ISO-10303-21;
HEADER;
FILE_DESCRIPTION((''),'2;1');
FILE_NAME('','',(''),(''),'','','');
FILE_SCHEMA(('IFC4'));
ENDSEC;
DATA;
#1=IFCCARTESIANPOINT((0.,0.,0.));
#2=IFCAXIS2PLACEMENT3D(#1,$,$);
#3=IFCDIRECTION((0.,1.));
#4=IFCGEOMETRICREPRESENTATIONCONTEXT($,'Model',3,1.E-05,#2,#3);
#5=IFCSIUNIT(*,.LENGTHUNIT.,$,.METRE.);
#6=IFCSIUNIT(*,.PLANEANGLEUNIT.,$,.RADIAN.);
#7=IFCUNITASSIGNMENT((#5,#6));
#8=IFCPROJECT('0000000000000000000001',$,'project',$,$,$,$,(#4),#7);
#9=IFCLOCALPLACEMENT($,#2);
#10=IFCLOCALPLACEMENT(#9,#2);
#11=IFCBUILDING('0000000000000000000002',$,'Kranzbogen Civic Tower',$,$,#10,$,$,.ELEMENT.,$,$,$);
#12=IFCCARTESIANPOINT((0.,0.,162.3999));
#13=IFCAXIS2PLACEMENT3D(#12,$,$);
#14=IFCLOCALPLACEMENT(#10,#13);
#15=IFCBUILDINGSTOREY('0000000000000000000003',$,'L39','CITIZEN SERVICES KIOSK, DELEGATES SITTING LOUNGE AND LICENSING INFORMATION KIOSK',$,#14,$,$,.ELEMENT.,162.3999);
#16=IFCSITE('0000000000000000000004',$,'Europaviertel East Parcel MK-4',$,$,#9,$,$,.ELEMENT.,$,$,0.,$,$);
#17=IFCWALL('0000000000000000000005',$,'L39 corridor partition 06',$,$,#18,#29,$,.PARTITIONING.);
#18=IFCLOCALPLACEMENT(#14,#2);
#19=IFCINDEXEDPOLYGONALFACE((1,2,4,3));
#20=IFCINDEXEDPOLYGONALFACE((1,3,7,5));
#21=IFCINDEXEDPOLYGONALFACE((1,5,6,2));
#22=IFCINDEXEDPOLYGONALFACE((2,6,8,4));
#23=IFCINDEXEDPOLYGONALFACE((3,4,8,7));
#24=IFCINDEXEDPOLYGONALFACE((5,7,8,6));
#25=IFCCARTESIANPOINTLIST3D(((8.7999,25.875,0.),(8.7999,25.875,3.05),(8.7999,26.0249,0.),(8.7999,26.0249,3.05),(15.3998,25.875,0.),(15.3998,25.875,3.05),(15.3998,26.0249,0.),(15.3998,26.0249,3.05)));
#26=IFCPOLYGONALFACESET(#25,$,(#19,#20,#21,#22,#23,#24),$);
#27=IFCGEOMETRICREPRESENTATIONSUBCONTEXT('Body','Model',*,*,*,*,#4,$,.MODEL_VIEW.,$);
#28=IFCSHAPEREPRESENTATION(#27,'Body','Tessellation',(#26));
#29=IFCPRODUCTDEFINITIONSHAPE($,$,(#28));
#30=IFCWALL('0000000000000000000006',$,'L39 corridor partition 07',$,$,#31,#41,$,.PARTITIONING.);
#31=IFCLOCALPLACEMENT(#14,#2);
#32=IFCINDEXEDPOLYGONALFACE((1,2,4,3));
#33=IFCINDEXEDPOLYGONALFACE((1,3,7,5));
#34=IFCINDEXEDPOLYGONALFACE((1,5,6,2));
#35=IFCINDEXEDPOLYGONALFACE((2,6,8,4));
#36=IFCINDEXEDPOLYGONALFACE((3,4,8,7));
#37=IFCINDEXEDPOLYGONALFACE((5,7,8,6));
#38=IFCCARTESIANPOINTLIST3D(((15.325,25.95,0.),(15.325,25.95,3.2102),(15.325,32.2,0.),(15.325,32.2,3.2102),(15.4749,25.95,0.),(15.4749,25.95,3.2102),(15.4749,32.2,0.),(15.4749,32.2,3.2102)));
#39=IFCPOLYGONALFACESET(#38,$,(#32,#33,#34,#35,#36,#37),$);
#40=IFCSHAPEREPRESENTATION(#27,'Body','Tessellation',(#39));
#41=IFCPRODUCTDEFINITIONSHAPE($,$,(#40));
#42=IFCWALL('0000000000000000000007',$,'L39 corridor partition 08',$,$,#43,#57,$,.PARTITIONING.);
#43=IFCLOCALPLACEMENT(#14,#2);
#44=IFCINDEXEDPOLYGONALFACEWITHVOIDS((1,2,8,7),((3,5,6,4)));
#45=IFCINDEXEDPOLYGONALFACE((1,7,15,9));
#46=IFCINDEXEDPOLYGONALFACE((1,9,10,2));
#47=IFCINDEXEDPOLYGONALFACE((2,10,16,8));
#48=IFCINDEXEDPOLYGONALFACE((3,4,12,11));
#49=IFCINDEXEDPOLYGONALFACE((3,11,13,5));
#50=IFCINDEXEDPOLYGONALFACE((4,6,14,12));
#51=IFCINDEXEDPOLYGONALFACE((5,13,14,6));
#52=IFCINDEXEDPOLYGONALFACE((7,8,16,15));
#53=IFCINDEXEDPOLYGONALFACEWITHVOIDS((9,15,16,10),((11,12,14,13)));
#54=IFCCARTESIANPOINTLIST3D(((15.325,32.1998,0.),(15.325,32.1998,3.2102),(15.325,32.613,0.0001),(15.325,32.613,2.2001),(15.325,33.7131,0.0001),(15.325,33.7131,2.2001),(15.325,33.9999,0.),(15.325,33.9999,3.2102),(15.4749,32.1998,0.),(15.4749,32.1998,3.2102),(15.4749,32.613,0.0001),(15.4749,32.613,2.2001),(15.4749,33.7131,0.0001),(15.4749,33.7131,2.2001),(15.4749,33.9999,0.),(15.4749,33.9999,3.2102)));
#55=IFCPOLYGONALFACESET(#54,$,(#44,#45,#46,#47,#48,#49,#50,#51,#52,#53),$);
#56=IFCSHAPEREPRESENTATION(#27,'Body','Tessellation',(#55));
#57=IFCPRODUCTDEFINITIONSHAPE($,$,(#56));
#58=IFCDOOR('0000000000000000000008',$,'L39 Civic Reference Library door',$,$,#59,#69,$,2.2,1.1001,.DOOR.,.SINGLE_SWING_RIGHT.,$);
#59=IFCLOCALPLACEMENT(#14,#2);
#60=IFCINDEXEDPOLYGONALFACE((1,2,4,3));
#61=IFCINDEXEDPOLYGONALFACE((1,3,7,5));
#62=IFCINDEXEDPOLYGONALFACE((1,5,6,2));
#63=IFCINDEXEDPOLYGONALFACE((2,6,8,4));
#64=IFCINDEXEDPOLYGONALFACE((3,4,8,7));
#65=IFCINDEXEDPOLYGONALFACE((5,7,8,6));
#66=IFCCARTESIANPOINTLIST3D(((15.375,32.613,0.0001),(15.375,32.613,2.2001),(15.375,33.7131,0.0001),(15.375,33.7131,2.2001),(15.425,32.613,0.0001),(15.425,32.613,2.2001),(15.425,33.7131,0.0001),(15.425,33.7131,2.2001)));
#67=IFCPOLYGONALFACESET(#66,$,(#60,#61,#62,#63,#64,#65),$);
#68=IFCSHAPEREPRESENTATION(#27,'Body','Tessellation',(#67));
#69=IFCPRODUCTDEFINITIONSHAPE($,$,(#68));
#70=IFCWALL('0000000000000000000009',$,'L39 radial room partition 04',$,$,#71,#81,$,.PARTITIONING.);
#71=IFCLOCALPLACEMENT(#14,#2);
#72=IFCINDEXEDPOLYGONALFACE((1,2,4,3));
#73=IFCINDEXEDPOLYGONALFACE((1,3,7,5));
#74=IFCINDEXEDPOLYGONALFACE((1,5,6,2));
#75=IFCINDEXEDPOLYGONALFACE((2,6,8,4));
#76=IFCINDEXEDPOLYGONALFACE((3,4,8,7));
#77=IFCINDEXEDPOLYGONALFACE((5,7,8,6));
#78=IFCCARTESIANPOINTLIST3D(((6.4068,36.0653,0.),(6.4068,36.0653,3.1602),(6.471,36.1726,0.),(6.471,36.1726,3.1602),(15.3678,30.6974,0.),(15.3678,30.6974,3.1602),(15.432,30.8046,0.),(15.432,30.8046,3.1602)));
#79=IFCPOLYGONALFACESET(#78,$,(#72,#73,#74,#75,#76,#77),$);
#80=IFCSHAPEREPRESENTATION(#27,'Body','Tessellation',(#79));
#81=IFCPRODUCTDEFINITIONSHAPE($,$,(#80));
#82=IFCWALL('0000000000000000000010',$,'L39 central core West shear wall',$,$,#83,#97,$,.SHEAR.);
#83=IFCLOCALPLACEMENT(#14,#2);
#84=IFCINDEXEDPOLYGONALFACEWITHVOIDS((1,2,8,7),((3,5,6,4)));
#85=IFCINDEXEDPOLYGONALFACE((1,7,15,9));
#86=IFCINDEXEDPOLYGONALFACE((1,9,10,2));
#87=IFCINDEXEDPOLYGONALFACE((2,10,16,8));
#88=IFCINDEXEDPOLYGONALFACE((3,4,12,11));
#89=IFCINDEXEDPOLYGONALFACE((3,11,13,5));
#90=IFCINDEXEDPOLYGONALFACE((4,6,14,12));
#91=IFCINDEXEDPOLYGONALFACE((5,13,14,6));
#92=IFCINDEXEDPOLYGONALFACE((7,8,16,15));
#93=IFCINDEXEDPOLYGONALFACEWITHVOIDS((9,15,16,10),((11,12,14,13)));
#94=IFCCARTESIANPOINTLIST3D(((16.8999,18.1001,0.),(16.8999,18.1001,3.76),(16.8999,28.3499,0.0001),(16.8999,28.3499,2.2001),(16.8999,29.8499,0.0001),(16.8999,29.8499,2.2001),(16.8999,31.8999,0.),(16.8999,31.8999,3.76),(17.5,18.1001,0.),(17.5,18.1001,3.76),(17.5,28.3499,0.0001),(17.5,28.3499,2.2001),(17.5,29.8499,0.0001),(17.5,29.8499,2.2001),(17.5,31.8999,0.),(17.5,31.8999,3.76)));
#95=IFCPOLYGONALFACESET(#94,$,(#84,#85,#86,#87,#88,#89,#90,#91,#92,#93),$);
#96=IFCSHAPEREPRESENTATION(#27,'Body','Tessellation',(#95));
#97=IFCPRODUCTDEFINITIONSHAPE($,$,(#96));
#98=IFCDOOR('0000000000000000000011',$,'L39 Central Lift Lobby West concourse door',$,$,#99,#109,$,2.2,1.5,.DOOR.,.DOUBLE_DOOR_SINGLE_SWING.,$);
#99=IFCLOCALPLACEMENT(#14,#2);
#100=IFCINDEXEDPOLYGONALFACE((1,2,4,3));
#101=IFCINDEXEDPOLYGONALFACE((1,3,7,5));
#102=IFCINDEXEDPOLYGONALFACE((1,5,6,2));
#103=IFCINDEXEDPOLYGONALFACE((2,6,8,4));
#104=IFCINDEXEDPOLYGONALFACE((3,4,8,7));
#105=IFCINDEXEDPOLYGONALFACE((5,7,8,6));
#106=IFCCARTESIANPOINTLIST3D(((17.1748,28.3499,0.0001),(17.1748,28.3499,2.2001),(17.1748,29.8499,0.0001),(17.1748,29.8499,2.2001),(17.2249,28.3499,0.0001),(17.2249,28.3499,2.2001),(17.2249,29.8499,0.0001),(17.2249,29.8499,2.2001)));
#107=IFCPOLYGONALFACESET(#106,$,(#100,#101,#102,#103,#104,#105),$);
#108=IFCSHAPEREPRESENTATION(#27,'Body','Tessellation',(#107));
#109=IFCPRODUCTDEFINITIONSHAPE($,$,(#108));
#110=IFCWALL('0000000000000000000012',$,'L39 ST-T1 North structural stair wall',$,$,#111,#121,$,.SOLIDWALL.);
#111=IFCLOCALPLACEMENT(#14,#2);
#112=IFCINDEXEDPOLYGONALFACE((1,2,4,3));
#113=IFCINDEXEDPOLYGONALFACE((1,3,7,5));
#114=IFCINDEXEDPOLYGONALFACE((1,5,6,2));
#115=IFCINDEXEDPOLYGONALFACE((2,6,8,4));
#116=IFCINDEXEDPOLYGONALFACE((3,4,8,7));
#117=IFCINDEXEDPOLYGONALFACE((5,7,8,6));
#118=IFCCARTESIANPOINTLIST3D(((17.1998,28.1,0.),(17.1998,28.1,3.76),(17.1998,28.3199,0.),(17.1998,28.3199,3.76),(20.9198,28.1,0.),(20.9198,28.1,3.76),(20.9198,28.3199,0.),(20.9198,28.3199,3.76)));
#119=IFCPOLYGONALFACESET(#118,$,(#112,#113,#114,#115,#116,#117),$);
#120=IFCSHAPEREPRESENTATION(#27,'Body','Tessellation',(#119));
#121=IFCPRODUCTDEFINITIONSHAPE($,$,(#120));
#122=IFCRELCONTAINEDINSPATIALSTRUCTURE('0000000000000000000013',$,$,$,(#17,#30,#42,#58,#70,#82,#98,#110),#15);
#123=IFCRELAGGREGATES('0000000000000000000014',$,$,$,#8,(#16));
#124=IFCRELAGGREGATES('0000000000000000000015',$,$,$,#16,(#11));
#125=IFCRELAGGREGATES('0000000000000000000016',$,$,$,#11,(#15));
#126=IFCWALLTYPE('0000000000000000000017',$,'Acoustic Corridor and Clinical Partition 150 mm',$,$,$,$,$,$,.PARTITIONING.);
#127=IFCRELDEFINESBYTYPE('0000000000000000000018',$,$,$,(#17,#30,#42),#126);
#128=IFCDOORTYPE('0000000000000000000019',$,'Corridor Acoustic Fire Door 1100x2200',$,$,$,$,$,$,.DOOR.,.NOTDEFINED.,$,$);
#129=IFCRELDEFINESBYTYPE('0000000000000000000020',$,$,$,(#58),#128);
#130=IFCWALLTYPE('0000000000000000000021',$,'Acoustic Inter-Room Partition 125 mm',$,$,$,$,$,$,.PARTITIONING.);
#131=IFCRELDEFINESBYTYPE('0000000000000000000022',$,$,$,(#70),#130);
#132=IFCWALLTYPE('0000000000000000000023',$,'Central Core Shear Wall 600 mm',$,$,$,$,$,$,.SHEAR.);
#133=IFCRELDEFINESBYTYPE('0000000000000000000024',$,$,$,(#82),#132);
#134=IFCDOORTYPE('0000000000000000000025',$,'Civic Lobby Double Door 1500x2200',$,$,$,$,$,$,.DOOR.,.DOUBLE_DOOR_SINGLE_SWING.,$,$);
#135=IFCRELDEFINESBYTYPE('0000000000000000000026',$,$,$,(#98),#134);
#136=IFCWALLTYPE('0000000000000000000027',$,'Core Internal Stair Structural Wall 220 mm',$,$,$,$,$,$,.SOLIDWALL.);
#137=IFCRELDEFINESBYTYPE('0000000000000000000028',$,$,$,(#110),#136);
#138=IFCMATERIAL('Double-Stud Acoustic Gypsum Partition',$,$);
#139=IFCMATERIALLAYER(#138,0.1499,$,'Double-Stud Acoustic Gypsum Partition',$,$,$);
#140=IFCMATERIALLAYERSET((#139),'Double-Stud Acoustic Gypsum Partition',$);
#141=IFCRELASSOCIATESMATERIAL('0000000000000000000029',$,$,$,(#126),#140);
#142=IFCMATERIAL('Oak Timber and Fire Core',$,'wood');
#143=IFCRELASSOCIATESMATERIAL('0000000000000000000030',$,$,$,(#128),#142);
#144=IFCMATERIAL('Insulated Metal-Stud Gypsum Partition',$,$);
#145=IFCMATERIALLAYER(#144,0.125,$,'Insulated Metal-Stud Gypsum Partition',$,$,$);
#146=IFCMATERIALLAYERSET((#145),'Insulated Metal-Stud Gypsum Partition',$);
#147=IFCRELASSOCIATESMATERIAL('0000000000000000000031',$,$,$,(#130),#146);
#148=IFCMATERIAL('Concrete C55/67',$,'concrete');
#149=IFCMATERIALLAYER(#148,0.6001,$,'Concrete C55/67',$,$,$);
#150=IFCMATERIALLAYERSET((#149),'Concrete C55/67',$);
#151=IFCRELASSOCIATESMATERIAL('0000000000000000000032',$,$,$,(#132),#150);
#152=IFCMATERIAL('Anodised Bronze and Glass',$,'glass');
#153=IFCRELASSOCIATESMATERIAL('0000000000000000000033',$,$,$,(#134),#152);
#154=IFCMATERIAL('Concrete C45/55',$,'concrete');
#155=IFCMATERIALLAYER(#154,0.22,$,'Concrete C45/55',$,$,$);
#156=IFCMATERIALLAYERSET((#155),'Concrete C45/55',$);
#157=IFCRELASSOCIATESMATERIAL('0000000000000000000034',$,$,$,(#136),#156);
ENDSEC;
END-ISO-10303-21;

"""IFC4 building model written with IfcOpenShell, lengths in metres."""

from ifc_helpers import new_model, si_unit, direction, frame, frame_2d, origin, place, context, subcontext, project, spatial, rectangle, extrude, material, layer, layer_set, type_object, element, fill, save


model = new_model("IFC4")

# Units and contexts
model_context = context("Model", 3, precision=1e-05, world=origin(), true_north=direction((0.0, 1.0)))
body_context = subcontext(model_context, "Body", "Model", "MODEL_VIEW")
ifc_project = project(units=[si_unit("LENGTHUNIT", "METRE"), si_unit("PLANEANGLEUNIT", "RADIAN")], contexts=[model_context])

# Site, building, storey
site_placement = place(None, origin())
site = spatial("IfcSite", under=ifc_project, at=site_placement, Name="Europaviertel East Parcel MK-4", CompositionType="ELEMENT", RefElevation=0.0)
building_placement = place(site_placement, origin())
building = spatial("IfcBuilding", under=site, at=building_placement, Name="Kranzbogen Civic Tower", CompositionType="ELEMENT")
storey_placement = place(building_placement, frame((0.0, 0.0, 162.3999)))
storey = spatial("IfcBuildingStorey", under=building, at=storey_placement, Name="L39", Description="CITIZEN SERVICES KIOSK, DELEGATES SITTING LOUNGE AND LICENSING INFORMATION KIOSK", CompositionType="ELEMENT", Elevation=162.3999)

# Walls
ifc_material_1 = material(Name="Double-Stud Acoustic Gypsum Partition")
ifc_layer_1 = layer(ifc_material_1, 0.1499, Name="Double-Stud Acoustic Gypsum Partition")
ifc_layer_set_1 = layer_set([ifc_layer_1], Name="Double-Stud Acoustic Gypsum Partition")
wall_type_1 = type_object("IfcWallType", Name="Acoustic Corridor and Clinical Partition 150 mm", PredefinedType="PARTITIONING", material=ifc_layer_set_1)
wall_1_placement = place(storey_placement, frame((8.8, 25.95, 0.0), z_axis=(0.0, 0.0, 1.0), x_axis=(1.0, 0.0, 0.0)))
element("IfcWall", 1, at=wall_1_placement, inside=storey, type_object=wall_type_1, Name="L39 corridor partition 06", PredefinedType="PARTITIONING", context=body_context, shape_type="SweptSolid", body=[
    extrude(rectangle(XDim=6.5999, YDim=0.1499, at=frame_2d((3.2998, 0.0))), origin(), (0.0, 0.0, 1.0), 3.05),
])
wall_2_placement = place(storey_placement, frame((15.3999, 25.95, 0.0), z_axis=(0.0, 0.0, 1.0), x_axis=(0.0, 1.0, 0.0)))
element("IfcWall", 2, at=wall_2_placement, inside=storey, type_object=wall_type_1, Name="L39 corridor partition 07", PredefinedType="PARTITIONING", context=body_context, shape_type="SweptSolid", body=[
    extrude(rectangle(XDim=6.25, YDim=0.1499, at=frame_2d((3.125, 0.0))), origin(), (0.0, 0.0, 1.0), 3.2102),
])

# Wall, opening, door
wall_3_placement = place(storey_placement, frame((15.3999, 32.2, 0.0), z_axis=(0.0, 0.0, 1.0), x_axis=(0.0, 1.0, 0.0)))
wall_3 = element("IfcWall", 3, at=wall_3_placement, inside=storey, type_object=wall_type_1, Name="L39 corridor partition 08", PredefinedType="PARTITIONING", context=body_context, shape_type="SweptSolid", body=[
    extrude(rectangle(XDim=1.8, YDim=0.1499, at=frame_2d((0.8999, 0.0))), origin(), (0.0, 0.0, 1.0), 3.2102),
])
opening_1_placement = place(wall_3_placement, frame((0.4131, 0.0, 0.0)))
opening_1 = element("IfcOpeningElement", 4, at=opening_1_placement, cuts=wall_3, PredefinedType="OPENING", context=body_context, shape_type="SweptSolid", body=[
    extrude(rectangle(XDim=1.1001, YDim=2.2, at=frame_2d((0.55, 1.1001))), frame((0.0, 0.085, 0.0), z_axis=(0.0, -1.0, 0.0), x_axis=(1.0, 0.0, 0.0)), (0.0, 0.0, 1.0), 0.1699),
])
ifc_material_2 = material(Name="Oak Timber and Fire Core", Category="wood")
door_type_1 = type_object("IfcDoorType", Name="Corridor Acoustic Fire Door 1100x2200", OperationType="NOTDEFINED", PredefinedType="DOOR", material=ifc_material_2)
door_1_placement = place(opening_1_placement, origin())
door_1 = element("IfcDoor", 5, at=door_1_placement, inside=storey, type_object=door_type_1, Name="L39 Civic Reference Library door", OperationType="SINGLE_SWING_RIGHT", OverallHeight=2.2, OverallWidth=1.1001, PredefinedType="DOOR", context=body_context, shape_type="SweptSolid", body=[
    extrude(rectangle(XDim=1.1001, YDim=2.2, at=frame_2d((0.55, 1.1001))), frame((0.0, 0.0249, 0.0), z_axis=(0.0, -1.0, 0.0), x_axis=(1.0, 0.0, 0.0)), (0.0, 0.0, 1.0), 0.05),
])
fill(opening_1, door_1)

# Wall
ifc_material_3 = material(Name="Insulated Metal-Stud Gypsum Partition")
ifc_layer_2 = layer(ifc_material_3, 0.125, Name="Insulated Metal-Stud Gypsum Partition")
ifc_layer_set_2 = layer_set([ifc_layer_2], Name="Insulated Metal-Stud Gypsum Partition")
wall_type_2 = type_object("IfcWallType", Name="Acoustic Inter-Room Partition 125 mm", PredefinedType="PARTITIONING", material=ifc_layer_set_2)
wall_4_placement = place(storey_placement, frame((15.3999, 30.751, 0.0), z_axis=(0.0, 0.0, 1.0), x_axis=(-0.857858, 0.513887, 0.0)))
element("IfcWall", 6, at=wall_4_placement, inside=storey, type_object=wall_type_2, Name="L39 radial room partition 04", PredefinedType="PARTITIONING", context=body_context, shape_type="SweptSolid", body=[
    extrude(rectangle(XDim=10.4458, YDim=0.125, at=frame_2d((5.2229, 0.0))), origin(), (0.0, 0.0, 1.0), 3.1602),
])

# Wall, opening, door
ifc_material_4 = material(Name="Concrete C55/67", Category="concrete")
ifc_layer_3 = layer(ifc_material_4, 0.6001, Name="Concrete C55/67")
ifc_layer_set_3 = layer_set([ifc_layer_3], Name="Concrete C55/67")
wall_type_3 = type_object("IfcWallType", Name="Central Core Shear Wall 600 mm", PredefinedType="SHEAR", material=ifc_layer_set_3)
wall_5_placement = place(storey_placement, frame((17.2, 31.8999, 0.0), z_axis=(0.0, 0.0, 1.0), x_axis=(0.0, -1.0, 0.0)))
wall_5 = element("IfcWall", 7, at=wall_5_placement, inside=storey, type_object=wall_type_3, Name="L39 central core West shear wall", PredefinedType="SHEAR", context=body_context, shape_type="SweptSolid", body=[
    extrude(rectangle(XDim=13.7998, YDim=0.6001, at=frame_2d((6.8999, 0.0))), origin(), (0.0, 0.0, 1.0), 3.76),
])
opening_2_placement = place(wall_5_placement, frame((2.05, 0.0, 0.0)))
opening_2 = element("IfcOpeningElement", 8, at=opening_2_placement, cuts=wall_5, PredefinedType="OPENING", context=body_context, shape_type="SweptSolid", body=[
    extrude(rectangle(XDim=1.5, YDim=2.2, at=frame_2d((0.75, 1.1001))), frame((0.0, 0.3101, 0.0), z_axis=(0.0, -1.0, 0.0), x_axis=(1.0, 0.0, 0.0)), (0.0, 0.0, 1.0), 0.6201),
])
ifc_material_5 = material(Name="Anodised Bronze and Glass", Category="glass")
door_type_2 = type_object("IfcDoorType", Name="Civic Lobby Double Door 1500x2200", OperationType="DOUBLE_DOOR_SINGLE_SWING", PredefinedType="DOOR", material=ifc_material_5)
door_2_placement = place(opening_2_placement, origin())
door_2 = element("IfcDoor", 9, at=door_2_placement, inside=storey, type_object=door_type_2, Name="L39 Central Lift Lobby West concourse door", OperationType="DOUBLE_DOOR_SINGLE_SWING", OverallHeight=2.2, OverallWidth=1.5, PredefinedType="DOOR", context=body_context, shape_type="SweptSolid", body=[
    extrude(rectangle(XDim=1.5, YDim=2.2, at=frame_2d((0.75, 1.1001))), frame((0.0, 0.0249, 0.0), z_axis=(0.0, -1.0, 0.0), x_axis=(1.0, 0.0, 0.0)), (0.0, 0.0, 1.0), 0.05),
])
fill(opening_2, door_2)

# Wall
ifc_material_6 = material(Name="Concrete C45/55", Category="concrete")
ifc_layer_4 = layer(ifc_material_6, 0.22, Name="Concrete C45/55")
ifc_layer_set_4 = layer_set([ifc_layer_4], Name="Concrete C45/55")
wall_type_4 = type_object("IfcWallType", Name="Core Internal Stair Structural Wall 220 mm", PredefinedType="SOLIDWALL", material=ifc_layer_set_4)
wall_6_placement = place(storey_placement, frame((17.2, 28.21, 0.0), z_axis=(0.0, 0.0, 1.0), x_axis=(1.0, 0.0, 0.0)))
element("IfcWall", 10, at=wall_6_placement, inside=storey, type_object=wall_type_4, Name="L39 ST-T1 North structural stair wall", PredefinedType="SOLIDWALL", context=body_context, shape_type="SweptSolid", body=[
    extrude(rectangle(XDim=3.72, YDim=0.22, at=frame_2d((1.8599, 0.0))), origin(), (0.0, 0.0, 1.0), 3.76),
])

save(model, "model.ifc")
